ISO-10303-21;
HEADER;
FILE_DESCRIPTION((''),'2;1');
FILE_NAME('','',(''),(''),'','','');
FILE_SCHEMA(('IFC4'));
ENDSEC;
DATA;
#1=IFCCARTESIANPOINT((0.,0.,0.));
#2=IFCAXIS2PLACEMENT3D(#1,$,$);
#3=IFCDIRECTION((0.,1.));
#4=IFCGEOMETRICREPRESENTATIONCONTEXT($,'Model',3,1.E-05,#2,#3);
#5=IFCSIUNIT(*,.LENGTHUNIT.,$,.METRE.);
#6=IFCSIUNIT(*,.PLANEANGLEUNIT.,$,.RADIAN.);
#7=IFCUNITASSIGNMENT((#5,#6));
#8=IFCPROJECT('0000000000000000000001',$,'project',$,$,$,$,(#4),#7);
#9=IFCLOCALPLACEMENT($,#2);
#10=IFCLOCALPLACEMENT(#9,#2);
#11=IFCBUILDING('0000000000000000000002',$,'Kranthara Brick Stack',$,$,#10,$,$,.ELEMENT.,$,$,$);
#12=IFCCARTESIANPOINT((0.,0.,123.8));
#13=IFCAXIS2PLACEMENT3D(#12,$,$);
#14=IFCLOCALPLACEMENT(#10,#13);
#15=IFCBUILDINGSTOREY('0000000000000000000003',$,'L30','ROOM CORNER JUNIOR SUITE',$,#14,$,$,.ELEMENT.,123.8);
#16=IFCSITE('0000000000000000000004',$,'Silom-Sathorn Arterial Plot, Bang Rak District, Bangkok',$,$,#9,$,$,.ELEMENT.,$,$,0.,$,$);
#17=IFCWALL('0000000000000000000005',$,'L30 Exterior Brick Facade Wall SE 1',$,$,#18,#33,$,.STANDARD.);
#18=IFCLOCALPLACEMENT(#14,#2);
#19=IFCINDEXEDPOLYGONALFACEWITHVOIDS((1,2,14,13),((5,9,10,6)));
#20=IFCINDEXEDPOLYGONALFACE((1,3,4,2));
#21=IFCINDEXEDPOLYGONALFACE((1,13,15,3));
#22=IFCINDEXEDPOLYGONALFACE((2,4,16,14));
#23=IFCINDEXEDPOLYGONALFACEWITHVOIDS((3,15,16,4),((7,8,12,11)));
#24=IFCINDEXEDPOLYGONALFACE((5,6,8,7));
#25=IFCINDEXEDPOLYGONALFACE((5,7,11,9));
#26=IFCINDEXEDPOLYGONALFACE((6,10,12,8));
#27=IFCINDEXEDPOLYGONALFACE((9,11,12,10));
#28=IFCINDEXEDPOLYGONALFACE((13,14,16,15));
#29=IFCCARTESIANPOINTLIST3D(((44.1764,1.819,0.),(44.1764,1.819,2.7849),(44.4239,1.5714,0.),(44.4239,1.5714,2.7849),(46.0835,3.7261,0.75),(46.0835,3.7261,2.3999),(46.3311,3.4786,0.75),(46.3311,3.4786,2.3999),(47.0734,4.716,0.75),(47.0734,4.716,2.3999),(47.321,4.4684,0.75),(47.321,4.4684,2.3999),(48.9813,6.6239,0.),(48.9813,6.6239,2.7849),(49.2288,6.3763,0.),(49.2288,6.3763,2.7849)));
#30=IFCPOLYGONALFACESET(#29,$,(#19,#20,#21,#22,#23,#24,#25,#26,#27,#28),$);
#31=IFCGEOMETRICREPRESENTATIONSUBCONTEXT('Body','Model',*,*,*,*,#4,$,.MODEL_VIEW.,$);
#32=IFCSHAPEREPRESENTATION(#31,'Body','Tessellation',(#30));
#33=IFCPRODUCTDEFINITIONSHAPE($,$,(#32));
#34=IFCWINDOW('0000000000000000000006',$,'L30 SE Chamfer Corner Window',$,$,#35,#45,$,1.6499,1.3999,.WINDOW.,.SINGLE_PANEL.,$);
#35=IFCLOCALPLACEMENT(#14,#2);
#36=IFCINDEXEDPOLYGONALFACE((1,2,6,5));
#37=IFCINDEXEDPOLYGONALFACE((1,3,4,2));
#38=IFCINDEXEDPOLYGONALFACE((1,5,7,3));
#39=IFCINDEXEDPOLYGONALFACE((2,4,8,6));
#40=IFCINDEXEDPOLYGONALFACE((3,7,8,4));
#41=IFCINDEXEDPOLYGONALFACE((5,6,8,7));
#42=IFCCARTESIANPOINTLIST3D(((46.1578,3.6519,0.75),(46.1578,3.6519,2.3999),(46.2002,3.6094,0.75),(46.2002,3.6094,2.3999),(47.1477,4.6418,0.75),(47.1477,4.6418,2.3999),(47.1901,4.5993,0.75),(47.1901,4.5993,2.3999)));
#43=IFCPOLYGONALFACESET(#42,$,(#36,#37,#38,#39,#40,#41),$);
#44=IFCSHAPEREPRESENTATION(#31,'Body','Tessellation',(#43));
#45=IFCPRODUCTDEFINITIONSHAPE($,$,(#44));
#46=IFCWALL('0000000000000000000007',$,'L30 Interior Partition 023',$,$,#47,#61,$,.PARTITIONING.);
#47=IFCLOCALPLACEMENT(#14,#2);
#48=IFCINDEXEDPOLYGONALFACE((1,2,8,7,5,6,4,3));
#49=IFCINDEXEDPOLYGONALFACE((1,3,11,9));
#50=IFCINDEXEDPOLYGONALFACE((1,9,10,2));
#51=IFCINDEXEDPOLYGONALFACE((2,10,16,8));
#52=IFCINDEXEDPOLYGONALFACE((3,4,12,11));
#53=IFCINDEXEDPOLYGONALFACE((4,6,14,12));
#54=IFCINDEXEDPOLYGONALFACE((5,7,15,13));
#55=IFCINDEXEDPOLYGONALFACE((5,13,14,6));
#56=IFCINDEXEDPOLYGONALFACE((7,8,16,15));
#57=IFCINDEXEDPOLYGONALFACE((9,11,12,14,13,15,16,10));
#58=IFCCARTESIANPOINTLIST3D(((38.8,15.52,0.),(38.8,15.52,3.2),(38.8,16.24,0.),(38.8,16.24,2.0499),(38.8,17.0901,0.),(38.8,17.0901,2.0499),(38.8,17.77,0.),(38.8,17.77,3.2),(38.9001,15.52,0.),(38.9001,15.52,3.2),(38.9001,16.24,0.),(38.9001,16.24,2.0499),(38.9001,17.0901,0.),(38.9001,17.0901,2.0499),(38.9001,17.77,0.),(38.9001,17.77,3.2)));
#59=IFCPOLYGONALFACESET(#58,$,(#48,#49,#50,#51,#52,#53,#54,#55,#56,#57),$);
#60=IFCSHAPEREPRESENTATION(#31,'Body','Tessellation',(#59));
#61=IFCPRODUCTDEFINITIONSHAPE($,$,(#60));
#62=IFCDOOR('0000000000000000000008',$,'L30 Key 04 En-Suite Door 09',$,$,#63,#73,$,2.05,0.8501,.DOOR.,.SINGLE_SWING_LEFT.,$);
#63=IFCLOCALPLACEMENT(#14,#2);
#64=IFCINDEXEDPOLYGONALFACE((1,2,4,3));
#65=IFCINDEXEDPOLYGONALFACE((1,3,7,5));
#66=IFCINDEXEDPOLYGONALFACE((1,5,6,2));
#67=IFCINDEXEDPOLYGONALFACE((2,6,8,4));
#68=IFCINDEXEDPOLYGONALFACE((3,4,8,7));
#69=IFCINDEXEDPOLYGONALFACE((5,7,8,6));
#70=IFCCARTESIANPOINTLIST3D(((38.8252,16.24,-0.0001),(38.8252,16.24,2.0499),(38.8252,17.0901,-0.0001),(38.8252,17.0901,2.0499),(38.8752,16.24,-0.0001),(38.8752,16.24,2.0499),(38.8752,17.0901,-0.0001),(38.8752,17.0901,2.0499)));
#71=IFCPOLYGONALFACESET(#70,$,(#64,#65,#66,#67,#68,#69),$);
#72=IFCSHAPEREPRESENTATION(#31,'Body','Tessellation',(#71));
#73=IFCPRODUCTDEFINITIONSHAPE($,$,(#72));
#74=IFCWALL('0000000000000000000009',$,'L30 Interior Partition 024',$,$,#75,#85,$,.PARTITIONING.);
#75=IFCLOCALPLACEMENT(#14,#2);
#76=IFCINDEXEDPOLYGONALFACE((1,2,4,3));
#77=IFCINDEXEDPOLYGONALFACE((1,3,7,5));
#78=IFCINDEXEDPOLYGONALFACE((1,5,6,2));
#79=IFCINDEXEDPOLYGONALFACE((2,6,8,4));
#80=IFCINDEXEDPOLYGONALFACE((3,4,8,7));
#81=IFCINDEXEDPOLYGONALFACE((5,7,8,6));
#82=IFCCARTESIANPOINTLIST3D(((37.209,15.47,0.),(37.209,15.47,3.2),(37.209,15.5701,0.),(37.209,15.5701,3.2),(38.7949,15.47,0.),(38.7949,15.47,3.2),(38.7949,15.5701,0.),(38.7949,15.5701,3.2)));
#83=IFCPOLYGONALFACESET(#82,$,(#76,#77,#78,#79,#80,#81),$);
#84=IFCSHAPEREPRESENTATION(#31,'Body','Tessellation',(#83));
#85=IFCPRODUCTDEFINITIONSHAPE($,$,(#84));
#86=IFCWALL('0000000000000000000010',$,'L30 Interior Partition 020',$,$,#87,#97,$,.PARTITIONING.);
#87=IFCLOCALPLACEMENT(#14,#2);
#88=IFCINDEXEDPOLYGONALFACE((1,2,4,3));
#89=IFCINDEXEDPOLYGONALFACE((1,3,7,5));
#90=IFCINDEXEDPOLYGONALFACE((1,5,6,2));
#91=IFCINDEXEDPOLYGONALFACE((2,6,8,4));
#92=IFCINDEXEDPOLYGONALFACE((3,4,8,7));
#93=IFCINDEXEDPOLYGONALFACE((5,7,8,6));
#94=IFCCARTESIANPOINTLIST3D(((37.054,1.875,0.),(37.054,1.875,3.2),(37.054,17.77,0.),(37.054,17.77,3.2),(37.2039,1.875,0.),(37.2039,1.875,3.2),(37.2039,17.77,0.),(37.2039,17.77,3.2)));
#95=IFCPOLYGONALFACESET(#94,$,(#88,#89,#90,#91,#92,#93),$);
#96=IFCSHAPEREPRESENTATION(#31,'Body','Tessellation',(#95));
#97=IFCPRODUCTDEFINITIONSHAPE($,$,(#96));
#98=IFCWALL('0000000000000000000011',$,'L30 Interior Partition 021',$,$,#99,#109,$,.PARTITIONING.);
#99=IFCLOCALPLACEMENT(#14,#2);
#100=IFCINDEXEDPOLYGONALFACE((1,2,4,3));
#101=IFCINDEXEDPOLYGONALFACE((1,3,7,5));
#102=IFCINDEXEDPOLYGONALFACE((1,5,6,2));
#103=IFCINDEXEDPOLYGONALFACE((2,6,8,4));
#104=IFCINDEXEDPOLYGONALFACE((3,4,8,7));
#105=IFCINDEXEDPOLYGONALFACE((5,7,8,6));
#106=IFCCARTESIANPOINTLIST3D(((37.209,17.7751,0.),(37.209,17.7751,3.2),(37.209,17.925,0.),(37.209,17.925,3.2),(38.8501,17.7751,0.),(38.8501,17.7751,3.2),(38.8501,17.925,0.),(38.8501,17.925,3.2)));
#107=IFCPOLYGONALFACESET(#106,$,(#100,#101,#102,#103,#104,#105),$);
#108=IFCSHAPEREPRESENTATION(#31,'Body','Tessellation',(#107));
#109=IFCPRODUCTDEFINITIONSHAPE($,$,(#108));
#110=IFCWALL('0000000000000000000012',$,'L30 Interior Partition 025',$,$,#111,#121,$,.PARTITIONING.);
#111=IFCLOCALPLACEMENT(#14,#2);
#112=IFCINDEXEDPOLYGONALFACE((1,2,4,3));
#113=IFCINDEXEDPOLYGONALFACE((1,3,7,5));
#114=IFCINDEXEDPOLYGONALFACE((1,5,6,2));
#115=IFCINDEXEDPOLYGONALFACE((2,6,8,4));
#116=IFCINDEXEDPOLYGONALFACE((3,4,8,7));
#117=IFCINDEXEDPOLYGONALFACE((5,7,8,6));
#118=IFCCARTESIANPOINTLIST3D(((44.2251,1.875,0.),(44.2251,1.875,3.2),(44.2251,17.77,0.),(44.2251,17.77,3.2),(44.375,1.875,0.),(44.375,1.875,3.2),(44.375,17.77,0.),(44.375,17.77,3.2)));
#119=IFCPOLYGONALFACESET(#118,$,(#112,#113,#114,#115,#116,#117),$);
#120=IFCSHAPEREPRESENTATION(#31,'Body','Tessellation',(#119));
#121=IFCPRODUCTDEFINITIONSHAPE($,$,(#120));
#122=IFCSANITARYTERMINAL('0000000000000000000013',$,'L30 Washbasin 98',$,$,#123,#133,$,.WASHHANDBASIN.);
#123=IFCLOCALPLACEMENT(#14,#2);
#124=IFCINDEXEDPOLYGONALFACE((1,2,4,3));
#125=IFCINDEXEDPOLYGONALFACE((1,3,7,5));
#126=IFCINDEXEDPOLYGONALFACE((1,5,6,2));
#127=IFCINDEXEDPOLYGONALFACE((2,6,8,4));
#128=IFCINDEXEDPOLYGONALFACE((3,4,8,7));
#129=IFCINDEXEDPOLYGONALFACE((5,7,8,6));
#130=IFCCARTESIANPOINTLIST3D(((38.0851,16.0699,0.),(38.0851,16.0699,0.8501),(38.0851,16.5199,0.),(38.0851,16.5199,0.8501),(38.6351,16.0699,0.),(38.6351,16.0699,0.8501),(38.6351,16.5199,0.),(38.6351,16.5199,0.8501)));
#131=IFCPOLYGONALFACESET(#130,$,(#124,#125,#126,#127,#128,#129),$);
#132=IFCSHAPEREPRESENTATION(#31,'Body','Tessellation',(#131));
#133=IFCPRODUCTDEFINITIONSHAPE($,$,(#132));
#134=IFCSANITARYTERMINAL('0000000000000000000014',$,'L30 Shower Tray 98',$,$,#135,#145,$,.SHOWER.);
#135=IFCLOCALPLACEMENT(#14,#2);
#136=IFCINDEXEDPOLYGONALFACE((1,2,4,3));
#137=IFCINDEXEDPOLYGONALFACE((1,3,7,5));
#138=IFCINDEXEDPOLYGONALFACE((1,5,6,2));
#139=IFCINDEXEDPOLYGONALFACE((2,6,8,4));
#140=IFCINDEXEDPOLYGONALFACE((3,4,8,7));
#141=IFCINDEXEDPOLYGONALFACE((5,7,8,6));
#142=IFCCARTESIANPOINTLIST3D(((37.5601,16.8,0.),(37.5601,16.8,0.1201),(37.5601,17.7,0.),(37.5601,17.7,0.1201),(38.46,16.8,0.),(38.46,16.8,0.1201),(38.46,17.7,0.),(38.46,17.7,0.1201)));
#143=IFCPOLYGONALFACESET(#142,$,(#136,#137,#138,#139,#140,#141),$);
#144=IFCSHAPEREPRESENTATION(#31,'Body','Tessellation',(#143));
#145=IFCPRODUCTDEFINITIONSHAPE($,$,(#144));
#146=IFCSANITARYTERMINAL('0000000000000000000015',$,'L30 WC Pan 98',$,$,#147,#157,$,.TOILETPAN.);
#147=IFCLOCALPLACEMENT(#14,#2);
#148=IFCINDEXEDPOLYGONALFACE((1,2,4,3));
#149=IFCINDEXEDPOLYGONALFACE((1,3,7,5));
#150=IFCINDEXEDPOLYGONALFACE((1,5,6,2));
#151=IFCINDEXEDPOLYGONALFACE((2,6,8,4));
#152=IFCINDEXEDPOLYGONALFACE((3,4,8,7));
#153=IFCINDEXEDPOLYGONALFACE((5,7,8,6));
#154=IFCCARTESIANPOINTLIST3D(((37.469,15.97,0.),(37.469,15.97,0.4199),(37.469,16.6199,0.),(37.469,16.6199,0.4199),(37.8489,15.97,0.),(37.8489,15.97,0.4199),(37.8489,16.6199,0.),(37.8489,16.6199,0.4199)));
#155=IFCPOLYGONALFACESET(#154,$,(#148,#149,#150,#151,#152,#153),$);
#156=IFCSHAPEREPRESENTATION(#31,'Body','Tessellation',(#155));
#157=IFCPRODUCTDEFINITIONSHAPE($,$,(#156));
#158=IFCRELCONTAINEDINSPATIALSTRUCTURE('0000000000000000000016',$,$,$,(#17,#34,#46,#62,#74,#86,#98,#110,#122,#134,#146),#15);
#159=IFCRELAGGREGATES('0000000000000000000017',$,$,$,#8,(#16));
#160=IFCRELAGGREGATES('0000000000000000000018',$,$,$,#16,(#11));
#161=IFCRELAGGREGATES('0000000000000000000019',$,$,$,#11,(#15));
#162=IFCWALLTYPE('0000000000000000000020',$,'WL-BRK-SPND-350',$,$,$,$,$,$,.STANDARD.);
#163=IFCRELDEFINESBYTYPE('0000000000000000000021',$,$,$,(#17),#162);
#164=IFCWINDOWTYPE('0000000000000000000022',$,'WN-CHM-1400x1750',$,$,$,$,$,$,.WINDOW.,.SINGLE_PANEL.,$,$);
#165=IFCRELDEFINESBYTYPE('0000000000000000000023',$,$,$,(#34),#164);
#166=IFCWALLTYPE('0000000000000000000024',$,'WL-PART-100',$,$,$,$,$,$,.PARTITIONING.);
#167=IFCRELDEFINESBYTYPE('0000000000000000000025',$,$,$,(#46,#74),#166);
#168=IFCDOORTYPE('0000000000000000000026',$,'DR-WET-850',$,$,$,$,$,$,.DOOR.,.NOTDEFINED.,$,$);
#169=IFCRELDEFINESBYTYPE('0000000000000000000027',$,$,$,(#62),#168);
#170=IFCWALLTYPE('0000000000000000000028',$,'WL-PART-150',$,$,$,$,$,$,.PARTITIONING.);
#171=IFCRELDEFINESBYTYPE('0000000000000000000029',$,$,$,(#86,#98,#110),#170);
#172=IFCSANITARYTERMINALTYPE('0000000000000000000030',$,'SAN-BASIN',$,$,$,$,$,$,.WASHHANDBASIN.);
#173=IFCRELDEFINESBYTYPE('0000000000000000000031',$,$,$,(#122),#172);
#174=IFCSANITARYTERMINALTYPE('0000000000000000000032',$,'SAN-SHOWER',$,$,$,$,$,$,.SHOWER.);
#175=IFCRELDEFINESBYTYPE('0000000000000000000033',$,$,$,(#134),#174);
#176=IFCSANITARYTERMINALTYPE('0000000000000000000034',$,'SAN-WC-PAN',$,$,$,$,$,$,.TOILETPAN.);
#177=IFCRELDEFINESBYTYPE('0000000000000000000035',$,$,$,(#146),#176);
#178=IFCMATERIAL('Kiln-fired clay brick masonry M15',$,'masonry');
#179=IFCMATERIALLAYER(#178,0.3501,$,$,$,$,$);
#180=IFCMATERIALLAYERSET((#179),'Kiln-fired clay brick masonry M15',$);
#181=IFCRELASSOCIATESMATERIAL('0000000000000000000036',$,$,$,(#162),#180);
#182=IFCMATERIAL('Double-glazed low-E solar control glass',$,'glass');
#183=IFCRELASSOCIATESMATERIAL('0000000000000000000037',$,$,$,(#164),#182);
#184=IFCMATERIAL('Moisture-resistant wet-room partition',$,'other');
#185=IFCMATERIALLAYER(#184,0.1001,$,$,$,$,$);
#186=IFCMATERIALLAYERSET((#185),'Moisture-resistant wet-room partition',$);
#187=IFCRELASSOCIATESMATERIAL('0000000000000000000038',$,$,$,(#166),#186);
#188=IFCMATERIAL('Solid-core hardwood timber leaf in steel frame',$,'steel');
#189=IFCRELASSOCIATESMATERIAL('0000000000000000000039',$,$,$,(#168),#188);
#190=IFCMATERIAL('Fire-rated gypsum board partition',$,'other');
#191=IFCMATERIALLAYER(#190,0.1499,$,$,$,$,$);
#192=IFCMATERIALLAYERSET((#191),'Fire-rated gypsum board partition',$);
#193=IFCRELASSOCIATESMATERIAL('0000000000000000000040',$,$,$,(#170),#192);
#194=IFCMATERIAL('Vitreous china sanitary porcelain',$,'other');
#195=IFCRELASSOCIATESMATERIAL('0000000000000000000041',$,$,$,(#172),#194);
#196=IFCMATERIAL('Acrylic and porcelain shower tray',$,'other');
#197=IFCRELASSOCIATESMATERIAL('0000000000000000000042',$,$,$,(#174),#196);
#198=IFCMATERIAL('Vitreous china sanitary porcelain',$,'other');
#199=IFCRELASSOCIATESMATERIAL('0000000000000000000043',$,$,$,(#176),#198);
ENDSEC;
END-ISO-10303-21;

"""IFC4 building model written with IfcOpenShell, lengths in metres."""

from ifc_helpers import new_model, si_unit, direction, frame, frame_2d, origin, origin_2d, place, context, subcontext, project, spatial, rectangle, extrude, material, layer, layer_set, type_object, element, fill, save


model = new_model("IFC4")

# Units and contexts
model_context = context("Model", 3, precision=1e-05, world=origin(), true_north=direction((0.0, 1.0)))
body_context = subcontext(model_context, "Body", "Model", "MODEL_VIEW")
ifc_project = project(units=[si_unit("LENGTHUNIT", "METRE"), si_unit("PLANEANGLEUNIT", "RADIAN")], contexts=[model_context])

# Site, building, storey
site_placement = place(None, origin())
site = spatial("IfcSite", under=ifc_project, at=site_placement, Name="Silom-Sathorn Arterial Plot, Bang Rak District, Bangkok", CompositionType="ELEMENT", RefElevation=0.0)
building_placement = place(site_placement, origin())
building = spatial("IfcBuilding", under=site, at=building_placement, Name="Kranthara Brick Stack", CompositionType="ELEMENT")
storey_placement = place(building_placement, frame((0.0, 0.0, 123.8)))
storey = spatial("IfcBuildingStorey", under=building, at=storey_placement, Name="L30", Description="ROOM CORNER JUNIOR SUITE", CompositionType="ELEMENT", Elevation=123.8)

# Shared definitions
ifc_material_1 = material(Name="Kiln-fired clay brick masonry M15", Category="masonry")
ifc_layer_1 = layer(ifc_material_1, 0.3501)
ifc_layer_set_1 = layer_set([ifc_layer_1], Name="Kiln-fired clay brick masonry M15")
wall_type_1 = type_object("IfcWallType", Name="WL-BRK-SPND-350", PredefinedType="STANDARD", material=ifc_layer_set_1)

# Wall, opening, window
wall_1_placement = place(storey_placement, frame((49.105, 6.5, 0.0), z_axis=(0.0, 0.0, 1.0), x_axis=(-0.707107, -0.707107, 0.0)))
wall_1 = element("IfcWall", 1, at=wall_1_placement, inside=storey, type_object=wall_type_1, Name="L30 Exterior Brick Facade Wall SE 1", PredefinedType="STANDARD", context=body_context, shape_type="SweptSolid", body=[
    extrude(rectangle(XDim=6.7952, YDim=0.3501, at=frame_2d((3.3975, 0.0))), origin(), (0.0, 0.0, 1.0), 2.7849),
])
opening_1_placement = place(wall_1_placement, frame((2.698, 0.0, 0.75)))
opening_1 = element("IfcOpeningElement", 2, at=opening_1_placement, cuts=wall_1, PredefinedType="OPENING", context=body_context, shape_type="SweptSolid", body=[
    extrude(rectangle(XDim=1.3999, YDim=1.6499, at=frame_2d((0.7, 0.825))), frame((0.0, 0.1851, 0.0), z_axis=(0.0, -1.0, 0.0), x_axis=(1.0, 0.0, 0.0)), (0.0, 0.0, 1.0), 0.3701),
])
ifc_material_2 = material(Name="Double-glazed low-E solar control glass", Category="glass")
window_type_1 = type_object("IfcWindowType", Name="WN-CHM-1400x1750", PartitioningType="SINGLE_PANEL", PredefinedType="WINDOW", material=ifc_material_2)
window_1_placement = place(opening_1_placement, origin())
window_1 = element("IfcWindow", 3, at=window_1_placement, inside=storey, type_object=window_type_1, Name="L30 SE Chamfer Corner Window", OverallHeight=1.6499, OverallWidth=1.3999, PartitioningType="SINGLE_PANEL", PredefinedType="WINDOW", context=body_context, shape_type="SweptSolid", body=[
    extrude(rectangle(XDim=1.3999, YDim=1.6499, at=frame_2d((0.7, 0.825))), frame((0.0, -0.01, 0.0), z_axis=(0.0, -1.0, 0.0), x_axis=(1.0, 0.0, 0.0)), (0.0, 0.0, 1.0), 0.0601),
])
fill(opening_1, window_1)

# Wall, opening, door
ifc_material_3 = material(Name="Moisture-resistant wet-room partition", Category="other")
ifc_layer_2 = layer(ifc_material_3, 0.1001)
ifc_layer_set_2 = layer_set([ifc_layer_2], Name="Moisture-resistant wet-room partition")
wall_type_2 = type_object("IfcWallType", Name="WL-PART-100", PredefinedType="PARTITIONING", material=ifc_layer_set_2)
wall_2_placement = place(storey_placement, frame((38.8501, 15.52, 0.0), z_axis=(0.0, 0.0, 1.0), x_axis=(0.0, 1.0, 0.0)))
wall_2 = element("IfcWall", 4, at=wall_2_placement, inside=storey, type_object=wall_type_2, Name="L30 Interior Partition 023", PredefinedType="PARTITIONING", context=body_context, shape_type="SweptSolid", body=[
    extrude(rectangle(XDim=2.25, YDim=0.1001, at=frame_2d((1.125, 0.0))), origin(), (0.0, 0.0, 1.0), 3.2),
])
opening_2_placement = place(wall_2_placement, frame((0.72, 0.0, 0.0)))
opening_2 = element("IfcOpeningElement", 5, at=opening_2_placement, cuts=wall_2, PredefinedType="OPENING", context=body_context, shape_type="SweptSolid", body=[
    extrude(rectangle(XDim=0.8501, YDim=2.05, at=frame_2d((0.425, 1.0249))), frame((0.0, 0.0601, 0.0), z_axis=(0.0, -1.0, 0.0), x_axis=(1.0, 0.0, 0.0)), (0.0, 0.0, 1.0), 0.1201),
])
ifc_material_4 = material(Name="Solid-core hardwood timber leaf in steel frame", Category="steel")
door_type_1 = type_object("IfcDoorType", Name="DR-WET-850", OperationType="NOTDEFINED", PredefinedType="DOOR", material=ifc_material_4)
door_1_placement = place(opening_2_placement, origin())
door_1 = element("IfcDoor", 6, at=door_1_placement, inside=storey, type_object=door_type_1, Name="L30 Key 04 En-Suite Door 09", OperationType="SINGLE_SWING_LEFT", OverallHeight=2.05, OverallWidth=0.8501, PredefinedType="DOOR", context=body_context, shape_type="SweptSolid", body=[
    extrude(rectangle(XDim=0.8501, YDim=2.05, at=frame_2d((0.425, 1.0249))), frame((0.0, 0.0249, 0.0), z_axis=(0.0, -1.0, 0.0), x_axis=(1.0, 0.0, 0.0)), (0.0, 0.0, 1.0), 0.05),
])
fill(opening_2, door_1)

# Walls
wall_3_placement = place(storey_placement, frame((37.209, 15.52, 0.0), z_axis=(0.0, 0.0, 1.0), x_axis=(1.0, 0.0, 0.0)))
element("IfcWall", 7, at=wall_3_placement, inside=storey, type_object=wall_type_2, Name="L30 Interior Partition 024", PredefinedType="PARTITIONING", context=body_context, shape_type="SweptSolid", body=[
    extrude(rectangle(XDim=1.5859, YDim=0.1001, at=frame_2d((0.793, 0.0))), origin(), (0.0, 0.0, 1.0), 3.2),
])
ifc_material_5 = material(Name="Fire-rated gypsum board partition", Category="other")
ifc_layer_3 = layer(ifc_material_5, 0.1499)
ifc_layer_set_3 = layer_set([ifc_layer_3], Name="Fire-rated gypsum board partition")
wall_type_3 = type_object("IfcWallType", Name="WL-PART-150", PredefinedType="PARTITIONING", material=ifc_layer_set_3)
wall_4_placement = place(storey_placement, frame((37.1289, 1.875, 0.0), z_axis=(0.0, 0.0, 1.0), x_axis=(0.0, 1.0, 0.0)))
element("IfcWall", 8, at=wall_4_placement, inside=storey, type_object=wall_type_3, Name="L30 Interior Partition 020", PredefinedType="PARTITIONING", context=body_context, shape_type="SweptSolid", body=[
    extrude(rectangle(XDim=15.895, YDim=0.1499, at=frame_2d((7.9475, 0.0))), origin(), (0.0, 0.0, 1.0), 3.2),
])
wall_5_placement = place(storey_placement, frame((37.209, 17.8501, 0.0), z_axis=(0.0, 0.0, 1.0), x_axis=(1.0, 0.0, 0.0)))
element("IfcWall", 9, at=wall_5_placement, inside=storey, type_object=wall_type_3, Name="L30 Interior Partition 021", PredefinedType="PARTITIONING", context=body_context, shape_type="SweptSolid", body=[
    extrude(rectangle(XDim=1.6411, YDim=0.1499, at=frame_2d((0.8206, 0.0))), origin(), (0.0, 0.0, 1.0), 3.2),
])
wall_6_placement = place(storey_placement, frame((44.3, 1.875, 0.0), z_axis=(0.0, 0.0, 1.0), x_axis=(0.0, 1.0, 0.0)))
element("IfcWall", 10, at=wall_6_placement, inside=storey, type_object=wall_type_3, Name="L30 Interior Partition 025", PredefinedType="PARTITIONING", context=body_context, shape_type="SweptSolid", body=[
    extrude(rectangle(XDim=15.895, YDim=0.1499, at=frame_2d((7.9475, 0.0))), origin(), (0.0, 0.0, 1.0), 3.2),
])

# Sanitary terminals
ifc_material_6 = material(Name="Vitreous china sanitary porcelain", Category="other")
sanitary_terminal_type_1 = type_object("IfcSanitaryTerminalType", Name="SAN-BASIN", PredefinedType="WASHHANDBASIN", material=ifc_material_6)
sanitary_terminal_1_placement = place(storey_placement, frame((38.3601, 16.2949, 0.0), z_axis=(0.0, 0.0, 1.0), x_axis=(1.0, 0.0, 0.0)))
element("IfcSanitaryTerminal", 11, at=sanitary_terminal_1_placement, inside=storey, type_object=sanitary_terminal_type_1, Name="L30 Washbasin 98", PredefinedType="WASHHANDBASIN", context=body_context, shape_type="SweptSolid", body=[
    extrude(rectangle(XDim=0.55, YDim=0.45, at=origin_2d()), origin(), (0.0, 0.0, 1.0), 0.8501),
])
ifc_material_7 = material(Name="Acrylic and porcelain shower tray", Category="other")
sanitary_terminal_type_2 = type_object("IfcSanitaryTerminalType", Name="SAN-SHOWER", PredefinedType="SHOWER", material=ifc_material_7)
sanitary_terminal_2_placement = place(storey_placement, frame((38.01, 17.25, 0.0), z_axis=(0.0, 0.0, 1.0), x_axis=(1.0, 0.0, 0.0)))
element("IfcSanitaryTerminal", 12, at=sanitary_terminal_2_placement, inside=storey, type_object=sanitary_terminal_type_2, Name="L30 Shower Tray 98", PredefinedType="SHOWER", context=body_context, shape_type="SweptSolid", body=[
    extrude(rectangle(XDim=0.8999, YDim=0.8999, at=origin_2d()), origin(), (0.0, 0.0, 1.0), 0.1201),
])
ifc_material_8 = material(Name="Vitreous china sanitary porcelain", Category="other")
sanitary_terminal_type_3 = type_object("IfcSanitaryTerminalType", Name="SAN-WC-PAN", PredefinedType="TOILETPAN", material=ifc_material_8)
sanitary_terminal_3_placement = place(storey_placement, frame((37.6589, 16.2949, 0.0), z_axis=(0.0, 0.0, 1.0), x_axis=(1.0, 0.0, 0.0)))
element("IfcSanitaryTerminal", 13, at=sanitary_terminal_3_placement, inside=storey, type_object=sanitary_terminal_type_3, Name="L30 WC Pan 98", PredefinedType="TOILETPAN", context=body_context, shape_type="SweptSolid", body=[
    extrude(rectangle(XDim=0.3799, YDim=0.6499, at=origin_2d()), origin(), (0.0, 0.0, 1.0), 0.4199),
])

save(model, "model.ifc")
